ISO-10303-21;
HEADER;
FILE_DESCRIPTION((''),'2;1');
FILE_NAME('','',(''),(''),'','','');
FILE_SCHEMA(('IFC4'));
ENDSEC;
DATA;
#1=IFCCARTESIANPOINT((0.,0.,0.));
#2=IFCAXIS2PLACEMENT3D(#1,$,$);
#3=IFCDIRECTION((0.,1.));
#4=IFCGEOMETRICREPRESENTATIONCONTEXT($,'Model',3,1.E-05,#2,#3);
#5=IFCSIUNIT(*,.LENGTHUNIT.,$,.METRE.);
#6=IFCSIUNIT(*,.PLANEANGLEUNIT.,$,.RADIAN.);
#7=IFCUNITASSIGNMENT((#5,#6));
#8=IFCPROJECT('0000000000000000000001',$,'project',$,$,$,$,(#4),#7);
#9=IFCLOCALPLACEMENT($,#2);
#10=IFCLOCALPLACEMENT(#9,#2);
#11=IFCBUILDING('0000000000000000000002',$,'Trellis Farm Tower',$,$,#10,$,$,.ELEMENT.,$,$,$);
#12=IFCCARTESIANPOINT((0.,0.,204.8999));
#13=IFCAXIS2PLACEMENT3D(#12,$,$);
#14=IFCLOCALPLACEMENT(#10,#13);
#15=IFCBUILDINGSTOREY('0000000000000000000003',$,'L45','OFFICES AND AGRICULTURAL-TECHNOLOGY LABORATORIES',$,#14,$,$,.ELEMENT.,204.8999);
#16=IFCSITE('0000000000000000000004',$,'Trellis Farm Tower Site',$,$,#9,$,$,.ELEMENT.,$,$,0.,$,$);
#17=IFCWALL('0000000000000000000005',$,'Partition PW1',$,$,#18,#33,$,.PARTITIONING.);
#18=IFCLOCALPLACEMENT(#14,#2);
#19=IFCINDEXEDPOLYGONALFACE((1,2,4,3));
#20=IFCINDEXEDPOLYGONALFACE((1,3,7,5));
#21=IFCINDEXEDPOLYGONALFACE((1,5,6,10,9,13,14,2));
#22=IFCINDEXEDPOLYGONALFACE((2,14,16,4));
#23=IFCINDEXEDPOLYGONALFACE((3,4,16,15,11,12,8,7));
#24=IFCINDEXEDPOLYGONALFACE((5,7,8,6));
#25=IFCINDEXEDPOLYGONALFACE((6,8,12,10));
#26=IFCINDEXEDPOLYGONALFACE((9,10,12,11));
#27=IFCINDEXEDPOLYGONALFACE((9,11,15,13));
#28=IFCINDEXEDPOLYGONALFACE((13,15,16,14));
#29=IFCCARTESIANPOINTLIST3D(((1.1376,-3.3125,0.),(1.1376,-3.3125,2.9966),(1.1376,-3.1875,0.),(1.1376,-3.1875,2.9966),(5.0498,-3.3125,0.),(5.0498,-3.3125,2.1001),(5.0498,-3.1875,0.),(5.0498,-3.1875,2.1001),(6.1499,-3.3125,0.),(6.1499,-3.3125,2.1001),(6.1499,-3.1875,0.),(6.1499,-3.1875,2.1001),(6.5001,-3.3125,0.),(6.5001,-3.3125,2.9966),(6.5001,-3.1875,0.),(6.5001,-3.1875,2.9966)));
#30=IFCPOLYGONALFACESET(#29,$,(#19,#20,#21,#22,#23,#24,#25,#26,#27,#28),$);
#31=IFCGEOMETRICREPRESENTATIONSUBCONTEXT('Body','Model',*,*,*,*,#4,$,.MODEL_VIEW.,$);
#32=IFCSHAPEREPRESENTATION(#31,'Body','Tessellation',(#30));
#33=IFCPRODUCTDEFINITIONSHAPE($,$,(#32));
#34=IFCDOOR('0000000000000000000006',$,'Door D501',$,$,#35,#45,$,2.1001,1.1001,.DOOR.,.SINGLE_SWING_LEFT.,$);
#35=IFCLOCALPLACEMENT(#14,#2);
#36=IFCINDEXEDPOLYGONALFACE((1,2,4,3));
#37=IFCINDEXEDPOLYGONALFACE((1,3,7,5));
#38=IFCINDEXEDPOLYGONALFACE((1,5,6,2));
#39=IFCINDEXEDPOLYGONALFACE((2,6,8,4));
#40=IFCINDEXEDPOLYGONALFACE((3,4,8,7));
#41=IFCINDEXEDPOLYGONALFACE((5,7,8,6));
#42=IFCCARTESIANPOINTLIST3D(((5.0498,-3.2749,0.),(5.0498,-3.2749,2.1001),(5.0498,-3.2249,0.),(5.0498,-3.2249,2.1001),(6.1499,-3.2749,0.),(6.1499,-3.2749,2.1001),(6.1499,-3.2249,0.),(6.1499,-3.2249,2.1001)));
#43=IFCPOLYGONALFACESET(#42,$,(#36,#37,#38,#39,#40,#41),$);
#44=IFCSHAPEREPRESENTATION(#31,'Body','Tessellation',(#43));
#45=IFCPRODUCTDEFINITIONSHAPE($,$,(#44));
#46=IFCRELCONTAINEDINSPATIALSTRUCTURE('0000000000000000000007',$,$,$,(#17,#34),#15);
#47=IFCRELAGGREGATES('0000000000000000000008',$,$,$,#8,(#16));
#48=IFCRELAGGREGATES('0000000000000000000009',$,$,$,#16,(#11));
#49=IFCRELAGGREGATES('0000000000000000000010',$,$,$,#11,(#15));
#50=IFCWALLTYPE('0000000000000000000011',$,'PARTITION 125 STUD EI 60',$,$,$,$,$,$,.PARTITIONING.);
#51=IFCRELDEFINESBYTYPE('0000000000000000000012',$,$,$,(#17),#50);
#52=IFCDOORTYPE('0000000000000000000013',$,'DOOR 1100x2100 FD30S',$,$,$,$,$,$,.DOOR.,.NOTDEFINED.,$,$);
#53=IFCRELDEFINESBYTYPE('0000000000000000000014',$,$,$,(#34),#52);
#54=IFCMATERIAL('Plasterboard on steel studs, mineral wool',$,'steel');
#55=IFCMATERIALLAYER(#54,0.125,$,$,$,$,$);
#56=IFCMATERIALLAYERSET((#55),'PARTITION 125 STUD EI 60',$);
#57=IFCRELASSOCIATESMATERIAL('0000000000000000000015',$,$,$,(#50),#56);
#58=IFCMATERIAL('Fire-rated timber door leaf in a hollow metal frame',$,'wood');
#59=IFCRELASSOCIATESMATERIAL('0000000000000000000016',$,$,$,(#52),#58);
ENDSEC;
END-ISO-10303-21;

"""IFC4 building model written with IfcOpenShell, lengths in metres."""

from ifc_helpers import new_model, si_unit, direction, frame, frame_2d, origin, place, context, subcontext, project, spatial, rectangle, extrude, source, transform, mapped, material, layer, layer_set, type_object, element, fill, save


model = new_model("IFC4")

# Units and contexts
model_context = context("Model", 3, precision=1e-05, world=origin(), true_north=direction((0.0, 1.0)))
body_context = subcontext(model_context, "Body", "Model", "MODEL_VIEW")
ifc_project = project(units=[si_unit("LENGTHUNIT", "METRE"), si_unit("PLANEANGLEUNIT", "RADIAN")], contexts=[model_context])

# Site, building, storey
site_placement = place(None, origin())
site = spatial("IfcSite", under=ifc_project, at=site_placement, Name="Trellis Farm Tower Site", CompositionType="ELEMENT", RefElevation=0.0)
building_placement = place(site_placement, origin())
building = spatial("IfcBuilding", under=site, at=building_placement, Name="Trellis Farm Tower", CompositionType="ELEMENT")
storey_placement = place(building_placement, frame((0.0, 0.0, 204.8999)))
storey = spatial("IfcBuildingStorey", under=building, at=storey_placement, Name="L45", Description="OFFICES AND AGRICULTURAL-TECHNOLOGY LABORATORIES", CompositionType="ELEMENT", Elevation=204.8999)

# Wall, opening, door
ifc_material_1 = material(Name="Plasterboard on steel studs, mineral wool", Category="steel")
ifc_layer_1 = layer(ifc_material_1, 0.125)
ifc_layer_set_1 = layer_set([ifc_layer_1], Name="PARTITION 125 STUD EI 60")
wall_type_1 = type_object("IfcWallType", Name="PARTITION 125 STUD EI 60", PredefinedType="PARTITIONING", material=ifc_layer_set_1)
shared_shape_1 = source(origin(), body_context, "Body", "SweptSolid", [
    extrude(rectangle(XDim=5.3625, YDim=0.125, at=frame_2d((2.6812, 0.0))), origin(), (0.0, 0.0, 1.0), 2.9966),
])
wall_1_placement = place(storey_placement, frame((6.5, -3.25, 0.0), z_axis=(0.0, 0.0, 1.0), x_axis=(-1.0, 0.0, 0.0)))
wall_1 = element("IfcWall", 1, at=wall_1_placement, inside=storey, type_object=wall_type_1, Name="Partition PW1", PredefinedType="PARTITIONING", context=body_context, shape_type="MappedRepresentation", body=[
    mapped(shared_shape_1, transform((0.0, 0.0, 0.0))),
])
shared_shape_2 = source(origin(), body_context, "Body", "SweptSolid", [
    extrude(rectangle(XDim=1.1001, YDim=2.1001, at=frame_2d((0.55, 1.05))), frame((0.0, 0.0725, 0.0), z_axis=(0.0, -1.0, 0.0), x_axis=(1.0, 0.0, 0.0)), (0.0, 0.0, 1.0), 0.145),
])
opening_1_placement = place(wall_1_placement, frame((0.3501, 0.0, 0.0)))
opening_1 = element("IfcOpeningElement", 2, at=opening_1_placement, cuts=wall_1, PredefinedType="OPENING", context=body_context, shape_type="MappedRepresentation", body=[
    mapped(shared_shape_2, transform((0.0, 0.0, 0.0))),
])
ifc_material_2 = material(Name="Fire-rated timber door leaf in a hollow metal frame", Category="wood")
door_type_1 = type_object("IfcDoorType", Name="DOOR 1100x2100 FD30S", OperationType="NOTDEFINED", PredefinedType="DOOR", material=ifc_material_2)
shared_shape_3 = source(origin(), body_context, "Body", "SweptSolid", [
    extrude(rectangle(XDim=1.1001, YDim=2.1001, at=frame_2d((0.55, 1.05))), frame((0.0, 0.0249, 0.0), z_axis=(0.0, -1.0, 0.0), x_axis=(1.0, 0.0, 0.0)), (0.0, 0.0, 1.0), 0.05),
])
door_1_placement = place(opening_1_placement, origin())
door_1 = element("IfcDoor", 3, at=door_1_placement, inside=storey, type_object=door_type_1, Name="Door D501", OperationType="SINGLE_SWING_LEFT", OverallHeight=2.1001, OverallWidth=1.1001, PredefinedType="DOOR", context=body_context, shape_type="MappedRepresentation", body=[
    mapped(shared_shape_3, transform((0.0, 0.0, 0.0))),
])
fill(opening_1, door_1)

save(model, "model.ifc")
